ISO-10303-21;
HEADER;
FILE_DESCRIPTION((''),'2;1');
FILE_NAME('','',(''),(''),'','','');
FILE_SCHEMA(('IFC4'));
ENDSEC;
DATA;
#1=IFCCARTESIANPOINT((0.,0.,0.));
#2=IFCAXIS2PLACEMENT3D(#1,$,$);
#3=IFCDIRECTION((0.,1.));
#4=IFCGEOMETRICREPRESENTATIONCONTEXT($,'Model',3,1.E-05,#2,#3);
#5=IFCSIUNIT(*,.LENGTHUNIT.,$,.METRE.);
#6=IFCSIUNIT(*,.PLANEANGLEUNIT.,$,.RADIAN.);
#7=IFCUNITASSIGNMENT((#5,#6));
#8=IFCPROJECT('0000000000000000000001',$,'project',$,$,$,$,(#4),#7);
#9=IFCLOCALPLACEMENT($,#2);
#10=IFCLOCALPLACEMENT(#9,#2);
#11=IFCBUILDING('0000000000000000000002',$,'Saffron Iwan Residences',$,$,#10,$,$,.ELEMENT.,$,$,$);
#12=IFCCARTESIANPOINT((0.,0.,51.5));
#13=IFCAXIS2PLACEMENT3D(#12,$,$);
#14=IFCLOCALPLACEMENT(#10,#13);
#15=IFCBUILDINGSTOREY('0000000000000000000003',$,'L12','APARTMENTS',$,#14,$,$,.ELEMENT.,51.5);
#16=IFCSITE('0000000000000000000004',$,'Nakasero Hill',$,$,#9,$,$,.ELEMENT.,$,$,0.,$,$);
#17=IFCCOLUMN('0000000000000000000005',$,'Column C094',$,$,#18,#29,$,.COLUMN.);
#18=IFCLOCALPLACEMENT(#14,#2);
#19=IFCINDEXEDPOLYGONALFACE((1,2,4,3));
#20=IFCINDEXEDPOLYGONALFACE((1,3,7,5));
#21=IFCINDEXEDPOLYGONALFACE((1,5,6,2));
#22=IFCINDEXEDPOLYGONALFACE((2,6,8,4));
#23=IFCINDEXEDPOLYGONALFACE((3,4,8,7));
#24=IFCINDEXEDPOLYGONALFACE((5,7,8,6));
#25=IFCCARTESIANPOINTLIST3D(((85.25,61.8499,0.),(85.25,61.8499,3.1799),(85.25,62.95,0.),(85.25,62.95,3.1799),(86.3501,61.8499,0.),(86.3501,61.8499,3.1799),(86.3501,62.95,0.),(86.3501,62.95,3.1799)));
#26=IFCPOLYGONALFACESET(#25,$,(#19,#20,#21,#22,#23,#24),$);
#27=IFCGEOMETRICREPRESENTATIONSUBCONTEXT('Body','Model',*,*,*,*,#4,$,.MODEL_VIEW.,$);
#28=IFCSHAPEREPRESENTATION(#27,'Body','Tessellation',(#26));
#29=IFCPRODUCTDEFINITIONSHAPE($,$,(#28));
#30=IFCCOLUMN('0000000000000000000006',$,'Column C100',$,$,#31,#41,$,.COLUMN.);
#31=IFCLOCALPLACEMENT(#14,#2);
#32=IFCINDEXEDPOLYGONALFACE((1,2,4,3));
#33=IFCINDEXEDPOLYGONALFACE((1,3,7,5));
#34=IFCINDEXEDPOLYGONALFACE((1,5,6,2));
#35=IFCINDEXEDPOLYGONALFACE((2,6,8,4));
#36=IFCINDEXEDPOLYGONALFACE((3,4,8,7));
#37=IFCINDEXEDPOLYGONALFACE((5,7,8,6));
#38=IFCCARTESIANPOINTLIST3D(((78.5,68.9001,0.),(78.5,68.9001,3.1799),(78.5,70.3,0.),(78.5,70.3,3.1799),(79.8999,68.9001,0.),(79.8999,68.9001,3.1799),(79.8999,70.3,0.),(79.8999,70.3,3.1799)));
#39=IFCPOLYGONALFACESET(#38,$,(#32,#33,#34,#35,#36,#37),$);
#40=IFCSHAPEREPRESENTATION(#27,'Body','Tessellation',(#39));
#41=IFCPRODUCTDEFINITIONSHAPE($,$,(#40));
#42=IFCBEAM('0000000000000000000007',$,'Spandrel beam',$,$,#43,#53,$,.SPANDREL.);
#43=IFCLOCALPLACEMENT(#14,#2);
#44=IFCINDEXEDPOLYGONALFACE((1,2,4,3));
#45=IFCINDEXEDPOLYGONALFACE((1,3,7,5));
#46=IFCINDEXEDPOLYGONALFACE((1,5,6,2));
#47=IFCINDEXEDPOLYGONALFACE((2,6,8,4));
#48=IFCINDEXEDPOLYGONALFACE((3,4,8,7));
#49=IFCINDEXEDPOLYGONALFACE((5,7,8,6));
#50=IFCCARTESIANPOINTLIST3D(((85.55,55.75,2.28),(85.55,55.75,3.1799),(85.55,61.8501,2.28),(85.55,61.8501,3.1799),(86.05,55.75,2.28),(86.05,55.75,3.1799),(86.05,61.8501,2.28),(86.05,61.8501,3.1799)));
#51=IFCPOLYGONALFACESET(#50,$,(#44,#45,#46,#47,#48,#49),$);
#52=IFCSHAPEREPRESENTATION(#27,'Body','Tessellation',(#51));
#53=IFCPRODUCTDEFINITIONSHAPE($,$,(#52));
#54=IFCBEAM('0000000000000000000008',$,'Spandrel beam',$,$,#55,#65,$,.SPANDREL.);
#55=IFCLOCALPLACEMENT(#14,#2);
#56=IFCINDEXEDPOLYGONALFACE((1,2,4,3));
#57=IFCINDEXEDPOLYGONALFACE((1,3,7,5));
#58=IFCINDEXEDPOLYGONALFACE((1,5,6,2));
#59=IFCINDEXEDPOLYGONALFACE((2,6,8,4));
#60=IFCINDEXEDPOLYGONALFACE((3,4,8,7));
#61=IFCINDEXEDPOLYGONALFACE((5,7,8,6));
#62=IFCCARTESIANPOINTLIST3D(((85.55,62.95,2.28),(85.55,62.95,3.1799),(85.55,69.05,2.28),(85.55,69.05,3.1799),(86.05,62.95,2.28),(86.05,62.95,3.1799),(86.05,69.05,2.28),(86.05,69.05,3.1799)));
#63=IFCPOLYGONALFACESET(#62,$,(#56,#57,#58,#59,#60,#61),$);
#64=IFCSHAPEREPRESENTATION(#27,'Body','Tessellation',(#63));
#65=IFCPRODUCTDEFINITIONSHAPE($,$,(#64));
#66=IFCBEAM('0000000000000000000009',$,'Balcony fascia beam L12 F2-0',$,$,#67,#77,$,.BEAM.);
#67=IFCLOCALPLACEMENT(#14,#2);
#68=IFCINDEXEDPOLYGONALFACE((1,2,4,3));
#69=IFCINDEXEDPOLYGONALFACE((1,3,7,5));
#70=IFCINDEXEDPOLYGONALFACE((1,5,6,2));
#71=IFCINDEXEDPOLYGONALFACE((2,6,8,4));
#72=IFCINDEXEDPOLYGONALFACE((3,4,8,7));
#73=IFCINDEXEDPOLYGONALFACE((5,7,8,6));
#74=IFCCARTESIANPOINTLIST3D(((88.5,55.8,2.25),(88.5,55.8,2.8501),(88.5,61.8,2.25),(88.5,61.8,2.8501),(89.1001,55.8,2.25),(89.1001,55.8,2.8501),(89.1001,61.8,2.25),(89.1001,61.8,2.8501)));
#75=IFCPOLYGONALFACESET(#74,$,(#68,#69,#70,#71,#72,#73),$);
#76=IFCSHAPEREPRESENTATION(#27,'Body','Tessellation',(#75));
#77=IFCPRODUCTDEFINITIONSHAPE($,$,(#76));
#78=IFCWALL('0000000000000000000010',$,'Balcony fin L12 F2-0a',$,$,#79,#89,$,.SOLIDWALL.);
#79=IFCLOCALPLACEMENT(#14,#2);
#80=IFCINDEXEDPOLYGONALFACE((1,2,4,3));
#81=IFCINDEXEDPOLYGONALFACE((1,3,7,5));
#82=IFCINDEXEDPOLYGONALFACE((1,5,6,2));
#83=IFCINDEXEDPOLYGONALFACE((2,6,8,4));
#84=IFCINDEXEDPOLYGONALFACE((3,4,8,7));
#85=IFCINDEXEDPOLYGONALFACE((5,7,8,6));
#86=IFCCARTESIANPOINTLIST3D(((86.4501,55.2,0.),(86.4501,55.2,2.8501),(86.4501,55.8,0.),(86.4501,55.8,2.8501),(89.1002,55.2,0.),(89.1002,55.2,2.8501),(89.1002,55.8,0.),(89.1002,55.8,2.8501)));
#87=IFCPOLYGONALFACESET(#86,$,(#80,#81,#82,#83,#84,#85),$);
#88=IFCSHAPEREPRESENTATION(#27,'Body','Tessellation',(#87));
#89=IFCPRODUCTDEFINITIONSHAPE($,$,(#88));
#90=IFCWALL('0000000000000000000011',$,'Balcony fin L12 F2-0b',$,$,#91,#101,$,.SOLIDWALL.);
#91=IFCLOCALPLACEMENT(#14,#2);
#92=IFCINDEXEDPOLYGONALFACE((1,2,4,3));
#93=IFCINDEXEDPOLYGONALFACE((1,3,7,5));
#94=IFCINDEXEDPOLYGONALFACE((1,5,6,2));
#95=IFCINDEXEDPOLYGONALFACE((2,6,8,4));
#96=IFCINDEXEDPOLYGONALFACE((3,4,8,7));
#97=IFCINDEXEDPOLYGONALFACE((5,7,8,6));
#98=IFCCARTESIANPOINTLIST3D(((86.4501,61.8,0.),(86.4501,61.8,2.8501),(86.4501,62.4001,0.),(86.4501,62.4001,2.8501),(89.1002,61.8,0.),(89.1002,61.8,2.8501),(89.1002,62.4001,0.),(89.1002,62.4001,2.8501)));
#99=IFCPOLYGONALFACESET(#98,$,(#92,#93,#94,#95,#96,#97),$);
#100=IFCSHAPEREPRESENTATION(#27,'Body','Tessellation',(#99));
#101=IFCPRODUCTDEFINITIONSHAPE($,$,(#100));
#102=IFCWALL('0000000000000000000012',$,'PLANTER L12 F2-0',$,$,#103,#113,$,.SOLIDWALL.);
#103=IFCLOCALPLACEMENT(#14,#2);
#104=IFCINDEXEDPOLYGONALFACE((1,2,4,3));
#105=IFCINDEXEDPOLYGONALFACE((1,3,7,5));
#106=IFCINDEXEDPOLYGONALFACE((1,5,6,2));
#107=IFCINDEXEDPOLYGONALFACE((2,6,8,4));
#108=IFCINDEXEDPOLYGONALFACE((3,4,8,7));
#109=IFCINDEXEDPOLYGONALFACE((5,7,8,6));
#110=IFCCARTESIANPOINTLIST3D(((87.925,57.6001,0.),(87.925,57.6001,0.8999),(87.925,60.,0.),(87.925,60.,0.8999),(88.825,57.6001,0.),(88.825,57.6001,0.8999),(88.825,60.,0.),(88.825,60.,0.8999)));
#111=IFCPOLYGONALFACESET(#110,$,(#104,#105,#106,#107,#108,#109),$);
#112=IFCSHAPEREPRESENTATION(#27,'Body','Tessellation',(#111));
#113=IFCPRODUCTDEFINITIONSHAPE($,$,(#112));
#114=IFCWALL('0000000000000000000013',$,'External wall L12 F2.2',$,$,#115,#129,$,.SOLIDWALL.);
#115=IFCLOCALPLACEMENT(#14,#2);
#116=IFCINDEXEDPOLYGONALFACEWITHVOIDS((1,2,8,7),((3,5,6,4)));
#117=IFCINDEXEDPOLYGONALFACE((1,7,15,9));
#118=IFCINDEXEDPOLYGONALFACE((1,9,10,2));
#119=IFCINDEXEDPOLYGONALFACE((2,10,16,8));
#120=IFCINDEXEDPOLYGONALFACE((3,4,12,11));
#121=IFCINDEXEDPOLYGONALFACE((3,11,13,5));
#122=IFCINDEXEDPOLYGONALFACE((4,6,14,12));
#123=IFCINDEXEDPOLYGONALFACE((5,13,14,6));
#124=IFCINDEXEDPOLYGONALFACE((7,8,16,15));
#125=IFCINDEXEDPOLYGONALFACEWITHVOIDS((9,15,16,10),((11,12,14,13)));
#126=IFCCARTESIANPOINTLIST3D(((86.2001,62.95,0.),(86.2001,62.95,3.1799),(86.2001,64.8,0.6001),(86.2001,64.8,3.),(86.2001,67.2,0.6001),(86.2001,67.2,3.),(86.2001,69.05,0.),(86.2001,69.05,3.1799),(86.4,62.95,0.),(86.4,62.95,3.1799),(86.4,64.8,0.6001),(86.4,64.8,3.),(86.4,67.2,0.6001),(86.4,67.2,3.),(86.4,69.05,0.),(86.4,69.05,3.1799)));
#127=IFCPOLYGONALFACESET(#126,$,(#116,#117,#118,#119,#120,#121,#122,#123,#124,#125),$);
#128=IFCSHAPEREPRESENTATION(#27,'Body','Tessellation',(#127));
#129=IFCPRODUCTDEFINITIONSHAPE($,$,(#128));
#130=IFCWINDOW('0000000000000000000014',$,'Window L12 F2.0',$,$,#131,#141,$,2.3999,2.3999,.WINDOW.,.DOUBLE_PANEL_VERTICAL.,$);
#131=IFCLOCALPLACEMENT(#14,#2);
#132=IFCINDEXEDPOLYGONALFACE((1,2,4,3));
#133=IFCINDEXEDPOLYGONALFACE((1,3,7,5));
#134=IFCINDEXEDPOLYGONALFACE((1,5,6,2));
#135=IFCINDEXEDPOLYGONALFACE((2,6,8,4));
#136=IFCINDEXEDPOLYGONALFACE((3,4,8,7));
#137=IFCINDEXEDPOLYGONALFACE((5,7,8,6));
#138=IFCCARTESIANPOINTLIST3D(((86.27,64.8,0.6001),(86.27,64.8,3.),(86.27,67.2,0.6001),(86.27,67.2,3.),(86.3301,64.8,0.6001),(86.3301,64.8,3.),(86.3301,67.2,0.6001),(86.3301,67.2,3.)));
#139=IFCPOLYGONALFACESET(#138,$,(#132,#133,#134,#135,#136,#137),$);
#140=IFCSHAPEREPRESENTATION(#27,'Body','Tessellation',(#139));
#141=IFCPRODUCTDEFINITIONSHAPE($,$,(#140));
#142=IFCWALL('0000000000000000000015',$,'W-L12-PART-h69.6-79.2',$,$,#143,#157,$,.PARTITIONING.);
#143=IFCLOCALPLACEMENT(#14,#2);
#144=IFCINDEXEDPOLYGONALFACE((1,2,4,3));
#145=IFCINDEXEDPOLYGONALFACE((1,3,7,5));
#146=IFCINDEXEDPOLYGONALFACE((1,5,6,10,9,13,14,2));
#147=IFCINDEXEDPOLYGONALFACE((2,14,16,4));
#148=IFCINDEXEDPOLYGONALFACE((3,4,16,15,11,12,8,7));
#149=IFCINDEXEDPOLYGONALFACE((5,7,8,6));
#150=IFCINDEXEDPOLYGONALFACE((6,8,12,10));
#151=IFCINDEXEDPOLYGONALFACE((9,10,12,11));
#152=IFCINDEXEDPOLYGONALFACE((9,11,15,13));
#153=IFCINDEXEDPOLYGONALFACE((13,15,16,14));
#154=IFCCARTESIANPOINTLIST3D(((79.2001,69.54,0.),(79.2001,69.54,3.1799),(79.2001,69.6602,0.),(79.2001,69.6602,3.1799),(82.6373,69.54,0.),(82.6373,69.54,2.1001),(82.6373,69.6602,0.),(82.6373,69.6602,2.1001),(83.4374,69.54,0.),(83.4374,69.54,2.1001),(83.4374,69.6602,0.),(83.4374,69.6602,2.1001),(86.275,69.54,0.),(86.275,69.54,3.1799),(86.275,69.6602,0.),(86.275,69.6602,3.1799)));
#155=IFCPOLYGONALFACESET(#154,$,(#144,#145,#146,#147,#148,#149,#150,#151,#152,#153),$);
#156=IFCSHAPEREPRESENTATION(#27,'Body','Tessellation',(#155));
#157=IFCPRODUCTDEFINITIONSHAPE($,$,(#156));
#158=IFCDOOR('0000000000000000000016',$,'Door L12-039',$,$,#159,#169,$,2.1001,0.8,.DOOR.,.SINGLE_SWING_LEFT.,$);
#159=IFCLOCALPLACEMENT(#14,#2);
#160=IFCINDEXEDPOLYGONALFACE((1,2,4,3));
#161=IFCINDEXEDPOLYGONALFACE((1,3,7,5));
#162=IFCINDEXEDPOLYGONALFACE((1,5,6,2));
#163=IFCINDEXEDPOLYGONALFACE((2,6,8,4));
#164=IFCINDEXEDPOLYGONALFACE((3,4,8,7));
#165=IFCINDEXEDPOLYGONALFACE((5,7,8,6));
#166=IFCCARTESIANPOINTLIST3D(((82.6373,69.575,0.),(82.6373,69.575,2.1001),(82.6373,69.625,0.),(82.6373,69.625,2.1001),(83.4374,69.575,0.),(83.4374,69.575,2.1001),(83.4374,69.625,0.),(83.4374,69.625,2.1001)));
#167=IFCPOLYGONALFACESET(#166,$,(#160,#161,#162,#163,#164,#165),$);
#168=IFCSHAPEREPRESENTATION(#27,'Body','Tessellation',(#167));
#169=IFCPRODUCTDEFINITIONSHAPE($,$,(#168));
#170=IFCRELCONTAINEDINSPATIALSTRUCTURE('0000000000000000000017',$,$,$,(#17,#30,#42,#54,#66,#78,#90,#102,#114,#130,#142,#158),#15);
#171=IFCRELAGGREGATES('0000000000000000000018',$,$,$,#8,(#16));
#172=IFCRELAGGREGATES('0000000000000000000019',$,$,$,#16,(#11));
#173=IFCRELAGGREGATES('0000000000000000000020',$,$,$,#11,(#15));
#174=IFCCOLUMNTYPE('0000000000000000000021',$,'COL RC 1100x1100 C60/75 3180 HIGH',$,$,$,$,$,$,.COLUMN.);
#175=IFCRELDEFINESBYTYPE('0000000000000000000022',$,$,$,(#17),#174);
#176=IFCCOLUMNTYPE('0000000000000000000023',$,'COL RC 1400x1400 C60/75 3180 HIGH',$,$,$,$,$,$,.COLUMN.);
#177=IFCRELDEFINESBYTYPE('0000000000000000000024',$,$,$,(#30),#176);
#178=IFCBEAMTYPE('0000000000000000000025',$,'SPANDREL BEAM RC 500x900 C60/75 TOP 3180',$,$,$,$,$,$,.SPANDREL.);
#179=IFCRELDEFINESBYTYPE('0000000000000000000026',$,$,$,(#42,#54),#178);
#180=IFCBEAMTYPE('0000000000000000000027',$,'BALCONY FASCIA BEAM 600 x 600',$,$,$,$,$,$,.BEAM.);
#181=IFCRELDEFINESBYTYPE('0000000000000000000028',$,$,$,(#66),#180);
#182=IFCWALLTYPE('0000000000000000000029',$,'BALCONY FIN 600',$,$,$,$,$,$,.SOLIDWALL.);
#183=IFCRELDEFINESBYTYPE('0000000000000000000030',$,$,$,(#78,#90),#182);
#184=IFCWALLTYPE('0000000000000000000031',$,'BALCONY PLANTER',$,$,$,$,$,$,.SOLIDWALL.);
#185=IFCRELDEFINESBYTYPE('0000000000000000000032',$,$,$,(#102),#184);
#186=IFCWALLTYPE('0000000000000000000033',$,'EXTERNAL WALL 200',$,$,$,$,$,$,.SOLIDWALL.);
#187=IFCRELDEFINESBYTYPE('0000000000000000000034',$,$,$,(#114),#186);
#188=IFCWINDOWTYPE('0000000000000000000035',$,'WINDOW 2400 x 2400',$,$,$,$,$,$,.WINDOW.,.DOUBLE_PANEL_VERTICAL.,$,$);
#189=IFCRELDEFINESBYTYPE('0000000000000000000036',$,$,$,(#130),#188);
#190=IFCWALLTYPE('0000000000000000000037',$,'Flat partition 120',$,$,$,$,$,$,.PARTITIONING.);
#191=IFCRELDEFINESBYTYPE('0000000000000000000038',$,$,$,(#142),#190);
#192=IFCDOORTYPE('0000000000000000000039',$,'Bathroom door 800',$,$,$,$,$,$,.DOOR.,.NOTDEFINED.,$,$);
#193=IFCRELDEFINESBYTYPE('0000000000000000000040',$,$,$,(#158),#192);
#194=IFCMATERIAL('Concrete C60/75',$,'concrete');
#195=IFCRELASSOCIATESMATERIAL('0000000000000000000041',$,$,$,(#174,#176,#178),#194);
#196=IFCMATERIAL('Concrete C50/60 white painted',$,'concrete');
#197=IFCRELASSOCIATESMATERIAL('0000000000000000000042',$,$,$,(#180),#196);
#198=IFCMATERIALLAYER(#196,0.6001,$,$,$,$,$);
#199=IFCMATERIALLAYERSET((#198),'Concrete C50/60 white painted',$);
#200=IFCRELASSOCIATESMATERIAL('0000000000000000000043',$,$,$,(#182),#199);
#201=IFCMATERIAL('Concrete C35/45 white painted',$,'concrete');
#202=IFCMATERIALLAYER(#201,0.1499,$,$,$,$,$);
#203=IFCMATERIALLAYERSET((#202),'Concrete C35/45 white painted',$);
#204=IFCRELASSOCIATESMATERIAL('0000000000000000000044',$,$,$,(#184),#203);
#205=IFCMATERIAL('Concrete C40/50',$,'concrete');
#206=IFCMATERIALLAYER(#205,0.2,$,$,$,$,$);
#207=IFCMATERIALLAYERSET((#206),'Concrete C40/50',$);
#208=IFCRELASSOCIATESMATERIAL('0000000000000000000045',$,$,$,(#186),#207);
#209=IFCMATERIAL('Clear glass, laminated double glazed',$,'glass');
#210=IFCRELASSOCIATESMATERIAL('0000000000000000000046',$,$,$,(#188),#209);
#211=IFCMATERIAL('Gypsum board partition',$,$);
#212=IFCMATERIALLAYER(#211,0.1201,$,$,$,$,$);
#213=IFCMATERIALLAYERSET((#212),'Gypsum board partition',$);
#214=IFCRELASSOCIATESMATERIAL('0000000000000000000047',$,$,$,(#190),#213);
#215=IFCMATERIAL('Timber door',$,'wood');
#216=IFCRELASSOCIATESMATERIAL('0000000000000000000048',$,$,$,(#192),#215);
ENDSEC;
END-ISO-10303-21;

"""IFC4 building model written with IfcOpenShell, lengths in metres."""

from ifc_helpers import new_model, si_unit, direction, frame, frame_2d, origin, origin_2d, place, context, subcontext, project, spatial, rectangle, extrude, source, transform, mapped, material, layer, layer_set, material_profile, profile_set, type_object, element, fill, save


model = new_model("IFC4")

# Units and contexts
model_context = context("Model", 3, precision=1e-05, world=origin(), true_north=direction((0.0, 1.0)))
body_context = subcontext(model_context, "Body", "Model", "MODEL_VIEW")
ifc_project = project(units=[si_unit("LENGTHUNIT", "METRE"), si_unit("PLANEANGLEUNIT", "RADIAN")], contexts=[model_context])

# Site, building, storey
site_placement = place(None, origin())
site = spatial("IfcSite", under=ifc_project, at=site_placement, Name="Nakasero Hill", CompositionType="ELEMENT", RefElevation=0.0)
building_placement = place(site_placement, origin())
building = spatial("IfcBuilding", under=site, at=building_placement, Name="Saffron Iwan Residences", CompositionType="ELEMENT")
storey_placement = place(building_placement, frame((0.0, 0.0, 51.5)))
storey = spatial("IfcBuildingStorey", under=building, at=storey_placement, Name="L12", Description="APARTMENTS", CompositionType="ELEMENT", Elevation=51.5)

# Columns
ifc_material_1 = material(Name="Concrete C60/75", Category="concrete")
ifc_material_profile_1 = material_profile(ifc_material_1, rectangle(XDim=1.1001, YDim=1.1001, at=origin_2d()), Name="RC 1100x1100")
ifc_profile_set_1 = profile_set([ifc_material_profile_1], Name="Concrete C60/75")
column_type_1 = type_object("IfcColumnType", Name="COL RC 1100x1100 C60/75 3180 HIGH", PredefinedType="COLUMN", material=ifc_profile_set_1)
shared_shape_1 = source(origin(), body_context, "Body", "SweptSolid", [
    extrude(rectangle(XDim=1.1001, YDim=1.1001, at=origin_2d()), origin(), (0.0, 0.0, 1.0), 3.1799),
])
column_1_placement = place(storey_placement, frame((85.8, 62.3999, 0.0), z_axis=(0.0, 0.0, 1.0), x_axis=(1.0, 0.0, 0.0)))
element("IfcColumn", 1, at=column_1_placement, inside=storey, type_object=column_type_1, Name="Column C094", PredefinedType="COLUMN", context=body_context, shape_type="MappedRepresentation", body=[
    mapped(shared_shape_1, transform((0.0, 0.0, 0.0))),
])
ifc_material_profile_2 = material_profile(ifc_material_1, rectangle(XDim=1.3999, YDim=1.3999, at=origin_2d()), Name="RC 1400x1400")
ifc_profile_set_2 = profile_set([ifc_material_profile_2], Name="Concrete C60/75")
column_type_2 = type_object("IfcColumnType", Name="COL RC 1400x1400 C60/75 3180 HIGH", PredefinedType="COLUMN", material=ifc_profile_set_2)
shared_shape_2 = source(origin(), body_context, "Body", "SweptSolid", [
    extrude(rectangle(XDim=1.3999, YDim=1.3999, at=origin_2d()), origin(), (0.0, 0.0, 1.0), 3.1799),
])
column_2_placement = place(storey_placement, frame((79.2, 69.6001, 0.0), z_axis=(0.0, 0.0, 1.0), x_axis=(1.0, 0.0, 0.0)))
element("IfcColumn", 2, at=column_2_placement, inside=storey, type_object=column_type_2, Name="Column C100", PredefinedType="COLUMN", context=body_context, shape_type="MappedRepresentation", body=[
    mapped(shared_shape_2, transform((0.0, 0.0, 0.0))),
])

# Beams
ifc_material_profile_3 = material_profile(ifc_material_1, rectangle(XDim=0.5, YDim=0.8999, at=origin_2d()), Name="RC 500x900")
ifc_profile_set_3 = profile_set([ifc_material_profile_3], Name="Concrete C60/75")
beam_type_1 = type_object("IfcBeamType", Name="SPANDREL BEAM RC 500x900 C60/75 TOP 3180", PredefinedType="SPANDREL", material=ifc_profile_set_3)
shared_shape_3 = source(origin(), body_context, "Body", "SweptSolid", [
    extrude(rectangle(XDim=0.5, YDim=0.8999, at=origin_2d()), origin(), (0.0, 0.0, 1.0), 6.1001),
])
for number, where, z_axis, x_axis, name in (
    (3, (85.8, 61.8501, 2.73), (0.0, -1.0, 0.0), (1.0, 0.0, 0.0), "Spandrel beam"),
    (4, (85.8, 69.05, 2.73), (0.0, -1.0, 0.0), (1.0, 0.0, 0.0), "Spandrel beam"),
):
    element("IfcBeam", number, at=place(storey_placement, frame(where, z_axis=z_axis, x_axis=x_axis)), inside=storey, type_object=beam_type_1, Name=name, PredefinedType="SPANDREL", context=body_context, shape_type="MappedRepresentation", body=[
        mapped(shared_shape_3, transform((0.0, 0.0, 0.0))),
    ])
ifc_material_2 = material(Name="Concrete C50/60 white painted", Category="concrete")
ifc_material_profile_4 = material_profile(ifc_material_2, rectangle(XDim=0.6001, YDim=0.6001, at=origin_2d()), Name="BALCONY FASCIA BEAM 600 x 600")
ifc_profile_set_4 = profile_set([ifc_material_profile_4], Name="Concrete C50/60 white painted")
beam_type_2 = type_object("IfcBeamType", Name="BALCONY FASCIA BEAM 600 x 600", PredefinedType="BEAM", material=ifc_profile_set_4)
shared_shape_4 = source(origin(), body_context, "Body", "SweptSolid", [
    extrude(rectangle(XDim=0.6001, YDim=0.6001, at=origin_2d()), origin(), (0.0, 0.0, 1.0), 6.0),
])
beam_placement = place(storey_placement, frame((88.8, 55.8, 2.55), z_axis=(0.0, 1.0, 0.0), x_axis=(-1.0, 0.0, 0.0)))
element("IfcBeam", 5, at=beam_placement, inside=storey, type_object=beam_type_2, Name="Balcony fascia beam L12 F2-0", PredefinedType="BEAM", context=body_context, shape_type="MappedRepresentation", body=[
    mapped(shared_shape_4, transform((0.0, 0.0, 0.0))),
])

# Walls
ifc_layer_1 = layer(ifc_material_2, 0.6001)
ifc_layer_set_1 = layer_set([ifc_layer_1], Name="Concrete C50/60 white painted")
wall_type_1 = type_object("IfcWallType", Name="BALCONY FIN 600", PredefinedType="SOLIDWALL", material=ifc_layer_set_1)
for number, where, z_axis, x_axis, name in (
    (6, (86.45, 55.5, 0.0), (0.0, 0.0, 1.0), (1.0, 0.0, 0.0), "Balcony fin L12 F2-0a"),
    (7, (86.45, 62.1001, 0.0), (0.0, 0.0, 1.0), (1.0, 0.0, 0.0), "Balcony fin L12 F2-0b"),
):
    element("IfcWall", number, at=place(storey_placement, frame(where, z_axis=z_axis, x_axis=x_axis)), inside=storey, type_object=wall_type_1, Name=name, PredefinedType="SOLIDWALL", context=body_context, shape_type="SweptSolid", body=[
        extrude(rectangle(XDim=2.6501, YDim=0.6001, at=frame_2d((1.3252, 0.0))), origin(), (0.0, 0.0, 1.0), 2.8501),
    ])
ifc_material_3 = material(Name="Concrete C35/45 white painted", Category="concrete")
ifc_layer_2 = layer(ifc_material_3, 0.1499)
ifc_layer_set_2 = layer_set([ifc_layer_2], Name="Concrete C35/45 white painted")
wall_type_2 = type_object("IfcWallType", Name="BALCONY PLANTER", PredefinedType="SOLIDWALL", material=ifc_layer_set_2)
wall_1_placement = place(storey_placement, frame((88.375, 57.6001, 0.0), z_axis=(0.0, 0.0, 1.0), x_axis=(0.0, 1.0, 0.0)))
element("IfcWall", 8, at=wall_1_placement, inside=storey, type_object=wall_type_2, Name="PLANTER L12 F2-0", PredefinedType="SOLIDWALL", context=body_context, shape_type="SweptSolid", body=[
    extrude(rectangle(XDim=2.3999, YDim=0.8999, at=frame_2d((1.2, 0.0))), origin(), (0.0, 0.0, 1.0), 0.8999),
])

# Shared definitions
ifc_material_4 = material(Name="Concrete C40/50", Category="concrete")
ifc_layer_3 = layer(ifc_material_4, 0.2)
ifc_layer_set_3 = layer_set([ifc_layer_3], Name="Concrete C40/50")
wall_type_3 = type_object("IfcWallType", Name="EXTERNAL WALL 200", PredefinedType="SOLIDWALL", material=ifc_layer_set_3)
ifc_material_5 = material(Name="Clear glass, laminated double glazed", Category="glass")

# Wall, opening, window
wall_2_placement = place(storey_placement, frame((86.3, 62.95, 0.0), z_axis=(0.0, 0.0, 1.0), x_axis=(0.0, 1.0, 0.0)))
wall_2 = element("IfcWall", 9, at=wall_2_placement, inside=storey, type_object=wall_type_3, Name="External wall L12 F2.2", PredefinedType="SOLIDWALL", context=body_context, shape_type="SweptSolid", body=[
    extrude(rectangle(XDim=6.1001, YDim=0.2, at=frame_2d((3.05, 0.0))), origin(), (0.0, 0.0, 1.0), 3.1799),
])
opening_1_placement = place(wall_2_placement, frame((1.8501, 0.0, 0.6001)))
opening_1 = element("IfcOpeningElement", 10, at=opening_1_placement, cuts=wall_2, PredefinedType="OPENING", context=body_context, shape_type="SweptSolid", body=[
    extrude(rectangle(XDim=2.3999, YDim=2.3999, at=frame_2d((1.2, 1.2))), frame((0.0, 0.1099, 0.0), z_axis=(0.0, -1.0, 0.0), x_axis=(1.0, 0.0, 0.0)), (0.0, 0.0, 1.0), 0.22),
])
window_type_1 = type_object("IfcWindowType", Name="WINDOW 2400 x 2400", PartitioningType="DOUBLE_PANEL_VERTICAL", PredefinedType="WINDOW", material=ifc_material_5)
window_1_placement = place(opening_1_placement, origin())
window_1 = element("IfcWindow", 11, at=window_1_placement, inside=storey, type_object=window_type_1, Name="Window L12 F2.0", OverallHeight=2.3999, OverallWidth=2.3999, PartitioningType="DOUBLE_PANEL_VERTICAL", PredefinedType="WINDOW", context=body_context, shape_type="SweptSolid", body=[
    extrude(rectangle(XDim=2.3999, YDim=2.3999, at=frame_2d((1.2, 1.2))), frame((0.0, 0.03, 0.0), z_axis=(0.0, -1.0, 0.0), x_axis=(1.0, 0.0, 0.0)), (0.0, 0.0, 1.0), 0.0601),
])
fill(opening_1, window_1)

# Wall, opening, door
ifc_material_6 = material(Name="Gypsum board partition")
ifc_layer_4 = layer(ifc_material_6, 0.1201)
ifc_layer_set_4 = layer_set([ifc_layer_4], Name="Gypsum board partition")
wall_type_4 = type_object("IfcWallType", Name="Flat partition 120", PredefinedType="PARTITIONING", material=ifc_layer_set_4)
wall_3_placement = place(storey_placement, frame((79.2, 69.6001, 0.0), z_axis=(0.0, 0.0, 1.0), x_axis=(1.0, 0.0, 0.0)))
wall_3 = element("IfcWall", 12, at=wall_3_placement, inside=storey, type_object=wall_type_4, Name="W-L12-PART-h69.6-79.2", PredefinedType="PARTITIONING", context=body_context, shape_type="SweptSolid", body=[
    extrude(rectangle(XDim=7.075, YDim=0.1201, at=frame_2d((3.5376, 0.0))), origin(), (0.0, 0.0, 1.0), 3.1799),
])
opening_2_placement = place(wall_3_placement, frame((3.4375, 0.0, 0.0)))
opening_2 = element("IfcOpeningElement", 13, at=opening_2_placement, cuts=wall_3, PredefinedType="OPENING", context=body_context, shape_type="SweptSolid", body=[
    extrude(rectangle(XDim=0.8, YDim=2.1001, at=frame_2d((0.3999, 1.05))), frame((0.0, 0.0701, 0.0), z_axis=(0.0, -1.0, 0.0), x_axis=(1.0, 0.0, 0.0)), (0.0, 0.0, 1.0), 0.1401),
])
ifc_material_7 = material(Name="Timber door", Category="wood")
door_type_1 = type_object("IfcDoorType", Name="Bathroom door 800", OperationType="NOTDEFINED", PredefinedType="DOOR", material=ifc_material_7)
door_1_placement = place(opening_2_placement, origin())
door_1 = element("IfcDoor", 14, at=door_1_placement, inside=storey, type_object=door_type_1, Name="Door L12-039", OperationType="SINGLE_SWING_LEFT", OverallHeight=2.1001, OverallWidth=0.8, PredefinedType="DOOR", context=body_context, shape_type="SweptSolid", body=[
    extrude(rectangle(XDim=0.8, YDim=2.1001, at=frame_2d((0.3999, 1.05))), frame((0.0, 0.0249, 0.0), z_axis=(0.0, -1.0, 0.0), x_axis=(1.0, 0.0, 0.0)), (0.0, 0.0, 1.0), 0.05),
])
fill(opening_2, door_1)

save(model, "model.ifc")
